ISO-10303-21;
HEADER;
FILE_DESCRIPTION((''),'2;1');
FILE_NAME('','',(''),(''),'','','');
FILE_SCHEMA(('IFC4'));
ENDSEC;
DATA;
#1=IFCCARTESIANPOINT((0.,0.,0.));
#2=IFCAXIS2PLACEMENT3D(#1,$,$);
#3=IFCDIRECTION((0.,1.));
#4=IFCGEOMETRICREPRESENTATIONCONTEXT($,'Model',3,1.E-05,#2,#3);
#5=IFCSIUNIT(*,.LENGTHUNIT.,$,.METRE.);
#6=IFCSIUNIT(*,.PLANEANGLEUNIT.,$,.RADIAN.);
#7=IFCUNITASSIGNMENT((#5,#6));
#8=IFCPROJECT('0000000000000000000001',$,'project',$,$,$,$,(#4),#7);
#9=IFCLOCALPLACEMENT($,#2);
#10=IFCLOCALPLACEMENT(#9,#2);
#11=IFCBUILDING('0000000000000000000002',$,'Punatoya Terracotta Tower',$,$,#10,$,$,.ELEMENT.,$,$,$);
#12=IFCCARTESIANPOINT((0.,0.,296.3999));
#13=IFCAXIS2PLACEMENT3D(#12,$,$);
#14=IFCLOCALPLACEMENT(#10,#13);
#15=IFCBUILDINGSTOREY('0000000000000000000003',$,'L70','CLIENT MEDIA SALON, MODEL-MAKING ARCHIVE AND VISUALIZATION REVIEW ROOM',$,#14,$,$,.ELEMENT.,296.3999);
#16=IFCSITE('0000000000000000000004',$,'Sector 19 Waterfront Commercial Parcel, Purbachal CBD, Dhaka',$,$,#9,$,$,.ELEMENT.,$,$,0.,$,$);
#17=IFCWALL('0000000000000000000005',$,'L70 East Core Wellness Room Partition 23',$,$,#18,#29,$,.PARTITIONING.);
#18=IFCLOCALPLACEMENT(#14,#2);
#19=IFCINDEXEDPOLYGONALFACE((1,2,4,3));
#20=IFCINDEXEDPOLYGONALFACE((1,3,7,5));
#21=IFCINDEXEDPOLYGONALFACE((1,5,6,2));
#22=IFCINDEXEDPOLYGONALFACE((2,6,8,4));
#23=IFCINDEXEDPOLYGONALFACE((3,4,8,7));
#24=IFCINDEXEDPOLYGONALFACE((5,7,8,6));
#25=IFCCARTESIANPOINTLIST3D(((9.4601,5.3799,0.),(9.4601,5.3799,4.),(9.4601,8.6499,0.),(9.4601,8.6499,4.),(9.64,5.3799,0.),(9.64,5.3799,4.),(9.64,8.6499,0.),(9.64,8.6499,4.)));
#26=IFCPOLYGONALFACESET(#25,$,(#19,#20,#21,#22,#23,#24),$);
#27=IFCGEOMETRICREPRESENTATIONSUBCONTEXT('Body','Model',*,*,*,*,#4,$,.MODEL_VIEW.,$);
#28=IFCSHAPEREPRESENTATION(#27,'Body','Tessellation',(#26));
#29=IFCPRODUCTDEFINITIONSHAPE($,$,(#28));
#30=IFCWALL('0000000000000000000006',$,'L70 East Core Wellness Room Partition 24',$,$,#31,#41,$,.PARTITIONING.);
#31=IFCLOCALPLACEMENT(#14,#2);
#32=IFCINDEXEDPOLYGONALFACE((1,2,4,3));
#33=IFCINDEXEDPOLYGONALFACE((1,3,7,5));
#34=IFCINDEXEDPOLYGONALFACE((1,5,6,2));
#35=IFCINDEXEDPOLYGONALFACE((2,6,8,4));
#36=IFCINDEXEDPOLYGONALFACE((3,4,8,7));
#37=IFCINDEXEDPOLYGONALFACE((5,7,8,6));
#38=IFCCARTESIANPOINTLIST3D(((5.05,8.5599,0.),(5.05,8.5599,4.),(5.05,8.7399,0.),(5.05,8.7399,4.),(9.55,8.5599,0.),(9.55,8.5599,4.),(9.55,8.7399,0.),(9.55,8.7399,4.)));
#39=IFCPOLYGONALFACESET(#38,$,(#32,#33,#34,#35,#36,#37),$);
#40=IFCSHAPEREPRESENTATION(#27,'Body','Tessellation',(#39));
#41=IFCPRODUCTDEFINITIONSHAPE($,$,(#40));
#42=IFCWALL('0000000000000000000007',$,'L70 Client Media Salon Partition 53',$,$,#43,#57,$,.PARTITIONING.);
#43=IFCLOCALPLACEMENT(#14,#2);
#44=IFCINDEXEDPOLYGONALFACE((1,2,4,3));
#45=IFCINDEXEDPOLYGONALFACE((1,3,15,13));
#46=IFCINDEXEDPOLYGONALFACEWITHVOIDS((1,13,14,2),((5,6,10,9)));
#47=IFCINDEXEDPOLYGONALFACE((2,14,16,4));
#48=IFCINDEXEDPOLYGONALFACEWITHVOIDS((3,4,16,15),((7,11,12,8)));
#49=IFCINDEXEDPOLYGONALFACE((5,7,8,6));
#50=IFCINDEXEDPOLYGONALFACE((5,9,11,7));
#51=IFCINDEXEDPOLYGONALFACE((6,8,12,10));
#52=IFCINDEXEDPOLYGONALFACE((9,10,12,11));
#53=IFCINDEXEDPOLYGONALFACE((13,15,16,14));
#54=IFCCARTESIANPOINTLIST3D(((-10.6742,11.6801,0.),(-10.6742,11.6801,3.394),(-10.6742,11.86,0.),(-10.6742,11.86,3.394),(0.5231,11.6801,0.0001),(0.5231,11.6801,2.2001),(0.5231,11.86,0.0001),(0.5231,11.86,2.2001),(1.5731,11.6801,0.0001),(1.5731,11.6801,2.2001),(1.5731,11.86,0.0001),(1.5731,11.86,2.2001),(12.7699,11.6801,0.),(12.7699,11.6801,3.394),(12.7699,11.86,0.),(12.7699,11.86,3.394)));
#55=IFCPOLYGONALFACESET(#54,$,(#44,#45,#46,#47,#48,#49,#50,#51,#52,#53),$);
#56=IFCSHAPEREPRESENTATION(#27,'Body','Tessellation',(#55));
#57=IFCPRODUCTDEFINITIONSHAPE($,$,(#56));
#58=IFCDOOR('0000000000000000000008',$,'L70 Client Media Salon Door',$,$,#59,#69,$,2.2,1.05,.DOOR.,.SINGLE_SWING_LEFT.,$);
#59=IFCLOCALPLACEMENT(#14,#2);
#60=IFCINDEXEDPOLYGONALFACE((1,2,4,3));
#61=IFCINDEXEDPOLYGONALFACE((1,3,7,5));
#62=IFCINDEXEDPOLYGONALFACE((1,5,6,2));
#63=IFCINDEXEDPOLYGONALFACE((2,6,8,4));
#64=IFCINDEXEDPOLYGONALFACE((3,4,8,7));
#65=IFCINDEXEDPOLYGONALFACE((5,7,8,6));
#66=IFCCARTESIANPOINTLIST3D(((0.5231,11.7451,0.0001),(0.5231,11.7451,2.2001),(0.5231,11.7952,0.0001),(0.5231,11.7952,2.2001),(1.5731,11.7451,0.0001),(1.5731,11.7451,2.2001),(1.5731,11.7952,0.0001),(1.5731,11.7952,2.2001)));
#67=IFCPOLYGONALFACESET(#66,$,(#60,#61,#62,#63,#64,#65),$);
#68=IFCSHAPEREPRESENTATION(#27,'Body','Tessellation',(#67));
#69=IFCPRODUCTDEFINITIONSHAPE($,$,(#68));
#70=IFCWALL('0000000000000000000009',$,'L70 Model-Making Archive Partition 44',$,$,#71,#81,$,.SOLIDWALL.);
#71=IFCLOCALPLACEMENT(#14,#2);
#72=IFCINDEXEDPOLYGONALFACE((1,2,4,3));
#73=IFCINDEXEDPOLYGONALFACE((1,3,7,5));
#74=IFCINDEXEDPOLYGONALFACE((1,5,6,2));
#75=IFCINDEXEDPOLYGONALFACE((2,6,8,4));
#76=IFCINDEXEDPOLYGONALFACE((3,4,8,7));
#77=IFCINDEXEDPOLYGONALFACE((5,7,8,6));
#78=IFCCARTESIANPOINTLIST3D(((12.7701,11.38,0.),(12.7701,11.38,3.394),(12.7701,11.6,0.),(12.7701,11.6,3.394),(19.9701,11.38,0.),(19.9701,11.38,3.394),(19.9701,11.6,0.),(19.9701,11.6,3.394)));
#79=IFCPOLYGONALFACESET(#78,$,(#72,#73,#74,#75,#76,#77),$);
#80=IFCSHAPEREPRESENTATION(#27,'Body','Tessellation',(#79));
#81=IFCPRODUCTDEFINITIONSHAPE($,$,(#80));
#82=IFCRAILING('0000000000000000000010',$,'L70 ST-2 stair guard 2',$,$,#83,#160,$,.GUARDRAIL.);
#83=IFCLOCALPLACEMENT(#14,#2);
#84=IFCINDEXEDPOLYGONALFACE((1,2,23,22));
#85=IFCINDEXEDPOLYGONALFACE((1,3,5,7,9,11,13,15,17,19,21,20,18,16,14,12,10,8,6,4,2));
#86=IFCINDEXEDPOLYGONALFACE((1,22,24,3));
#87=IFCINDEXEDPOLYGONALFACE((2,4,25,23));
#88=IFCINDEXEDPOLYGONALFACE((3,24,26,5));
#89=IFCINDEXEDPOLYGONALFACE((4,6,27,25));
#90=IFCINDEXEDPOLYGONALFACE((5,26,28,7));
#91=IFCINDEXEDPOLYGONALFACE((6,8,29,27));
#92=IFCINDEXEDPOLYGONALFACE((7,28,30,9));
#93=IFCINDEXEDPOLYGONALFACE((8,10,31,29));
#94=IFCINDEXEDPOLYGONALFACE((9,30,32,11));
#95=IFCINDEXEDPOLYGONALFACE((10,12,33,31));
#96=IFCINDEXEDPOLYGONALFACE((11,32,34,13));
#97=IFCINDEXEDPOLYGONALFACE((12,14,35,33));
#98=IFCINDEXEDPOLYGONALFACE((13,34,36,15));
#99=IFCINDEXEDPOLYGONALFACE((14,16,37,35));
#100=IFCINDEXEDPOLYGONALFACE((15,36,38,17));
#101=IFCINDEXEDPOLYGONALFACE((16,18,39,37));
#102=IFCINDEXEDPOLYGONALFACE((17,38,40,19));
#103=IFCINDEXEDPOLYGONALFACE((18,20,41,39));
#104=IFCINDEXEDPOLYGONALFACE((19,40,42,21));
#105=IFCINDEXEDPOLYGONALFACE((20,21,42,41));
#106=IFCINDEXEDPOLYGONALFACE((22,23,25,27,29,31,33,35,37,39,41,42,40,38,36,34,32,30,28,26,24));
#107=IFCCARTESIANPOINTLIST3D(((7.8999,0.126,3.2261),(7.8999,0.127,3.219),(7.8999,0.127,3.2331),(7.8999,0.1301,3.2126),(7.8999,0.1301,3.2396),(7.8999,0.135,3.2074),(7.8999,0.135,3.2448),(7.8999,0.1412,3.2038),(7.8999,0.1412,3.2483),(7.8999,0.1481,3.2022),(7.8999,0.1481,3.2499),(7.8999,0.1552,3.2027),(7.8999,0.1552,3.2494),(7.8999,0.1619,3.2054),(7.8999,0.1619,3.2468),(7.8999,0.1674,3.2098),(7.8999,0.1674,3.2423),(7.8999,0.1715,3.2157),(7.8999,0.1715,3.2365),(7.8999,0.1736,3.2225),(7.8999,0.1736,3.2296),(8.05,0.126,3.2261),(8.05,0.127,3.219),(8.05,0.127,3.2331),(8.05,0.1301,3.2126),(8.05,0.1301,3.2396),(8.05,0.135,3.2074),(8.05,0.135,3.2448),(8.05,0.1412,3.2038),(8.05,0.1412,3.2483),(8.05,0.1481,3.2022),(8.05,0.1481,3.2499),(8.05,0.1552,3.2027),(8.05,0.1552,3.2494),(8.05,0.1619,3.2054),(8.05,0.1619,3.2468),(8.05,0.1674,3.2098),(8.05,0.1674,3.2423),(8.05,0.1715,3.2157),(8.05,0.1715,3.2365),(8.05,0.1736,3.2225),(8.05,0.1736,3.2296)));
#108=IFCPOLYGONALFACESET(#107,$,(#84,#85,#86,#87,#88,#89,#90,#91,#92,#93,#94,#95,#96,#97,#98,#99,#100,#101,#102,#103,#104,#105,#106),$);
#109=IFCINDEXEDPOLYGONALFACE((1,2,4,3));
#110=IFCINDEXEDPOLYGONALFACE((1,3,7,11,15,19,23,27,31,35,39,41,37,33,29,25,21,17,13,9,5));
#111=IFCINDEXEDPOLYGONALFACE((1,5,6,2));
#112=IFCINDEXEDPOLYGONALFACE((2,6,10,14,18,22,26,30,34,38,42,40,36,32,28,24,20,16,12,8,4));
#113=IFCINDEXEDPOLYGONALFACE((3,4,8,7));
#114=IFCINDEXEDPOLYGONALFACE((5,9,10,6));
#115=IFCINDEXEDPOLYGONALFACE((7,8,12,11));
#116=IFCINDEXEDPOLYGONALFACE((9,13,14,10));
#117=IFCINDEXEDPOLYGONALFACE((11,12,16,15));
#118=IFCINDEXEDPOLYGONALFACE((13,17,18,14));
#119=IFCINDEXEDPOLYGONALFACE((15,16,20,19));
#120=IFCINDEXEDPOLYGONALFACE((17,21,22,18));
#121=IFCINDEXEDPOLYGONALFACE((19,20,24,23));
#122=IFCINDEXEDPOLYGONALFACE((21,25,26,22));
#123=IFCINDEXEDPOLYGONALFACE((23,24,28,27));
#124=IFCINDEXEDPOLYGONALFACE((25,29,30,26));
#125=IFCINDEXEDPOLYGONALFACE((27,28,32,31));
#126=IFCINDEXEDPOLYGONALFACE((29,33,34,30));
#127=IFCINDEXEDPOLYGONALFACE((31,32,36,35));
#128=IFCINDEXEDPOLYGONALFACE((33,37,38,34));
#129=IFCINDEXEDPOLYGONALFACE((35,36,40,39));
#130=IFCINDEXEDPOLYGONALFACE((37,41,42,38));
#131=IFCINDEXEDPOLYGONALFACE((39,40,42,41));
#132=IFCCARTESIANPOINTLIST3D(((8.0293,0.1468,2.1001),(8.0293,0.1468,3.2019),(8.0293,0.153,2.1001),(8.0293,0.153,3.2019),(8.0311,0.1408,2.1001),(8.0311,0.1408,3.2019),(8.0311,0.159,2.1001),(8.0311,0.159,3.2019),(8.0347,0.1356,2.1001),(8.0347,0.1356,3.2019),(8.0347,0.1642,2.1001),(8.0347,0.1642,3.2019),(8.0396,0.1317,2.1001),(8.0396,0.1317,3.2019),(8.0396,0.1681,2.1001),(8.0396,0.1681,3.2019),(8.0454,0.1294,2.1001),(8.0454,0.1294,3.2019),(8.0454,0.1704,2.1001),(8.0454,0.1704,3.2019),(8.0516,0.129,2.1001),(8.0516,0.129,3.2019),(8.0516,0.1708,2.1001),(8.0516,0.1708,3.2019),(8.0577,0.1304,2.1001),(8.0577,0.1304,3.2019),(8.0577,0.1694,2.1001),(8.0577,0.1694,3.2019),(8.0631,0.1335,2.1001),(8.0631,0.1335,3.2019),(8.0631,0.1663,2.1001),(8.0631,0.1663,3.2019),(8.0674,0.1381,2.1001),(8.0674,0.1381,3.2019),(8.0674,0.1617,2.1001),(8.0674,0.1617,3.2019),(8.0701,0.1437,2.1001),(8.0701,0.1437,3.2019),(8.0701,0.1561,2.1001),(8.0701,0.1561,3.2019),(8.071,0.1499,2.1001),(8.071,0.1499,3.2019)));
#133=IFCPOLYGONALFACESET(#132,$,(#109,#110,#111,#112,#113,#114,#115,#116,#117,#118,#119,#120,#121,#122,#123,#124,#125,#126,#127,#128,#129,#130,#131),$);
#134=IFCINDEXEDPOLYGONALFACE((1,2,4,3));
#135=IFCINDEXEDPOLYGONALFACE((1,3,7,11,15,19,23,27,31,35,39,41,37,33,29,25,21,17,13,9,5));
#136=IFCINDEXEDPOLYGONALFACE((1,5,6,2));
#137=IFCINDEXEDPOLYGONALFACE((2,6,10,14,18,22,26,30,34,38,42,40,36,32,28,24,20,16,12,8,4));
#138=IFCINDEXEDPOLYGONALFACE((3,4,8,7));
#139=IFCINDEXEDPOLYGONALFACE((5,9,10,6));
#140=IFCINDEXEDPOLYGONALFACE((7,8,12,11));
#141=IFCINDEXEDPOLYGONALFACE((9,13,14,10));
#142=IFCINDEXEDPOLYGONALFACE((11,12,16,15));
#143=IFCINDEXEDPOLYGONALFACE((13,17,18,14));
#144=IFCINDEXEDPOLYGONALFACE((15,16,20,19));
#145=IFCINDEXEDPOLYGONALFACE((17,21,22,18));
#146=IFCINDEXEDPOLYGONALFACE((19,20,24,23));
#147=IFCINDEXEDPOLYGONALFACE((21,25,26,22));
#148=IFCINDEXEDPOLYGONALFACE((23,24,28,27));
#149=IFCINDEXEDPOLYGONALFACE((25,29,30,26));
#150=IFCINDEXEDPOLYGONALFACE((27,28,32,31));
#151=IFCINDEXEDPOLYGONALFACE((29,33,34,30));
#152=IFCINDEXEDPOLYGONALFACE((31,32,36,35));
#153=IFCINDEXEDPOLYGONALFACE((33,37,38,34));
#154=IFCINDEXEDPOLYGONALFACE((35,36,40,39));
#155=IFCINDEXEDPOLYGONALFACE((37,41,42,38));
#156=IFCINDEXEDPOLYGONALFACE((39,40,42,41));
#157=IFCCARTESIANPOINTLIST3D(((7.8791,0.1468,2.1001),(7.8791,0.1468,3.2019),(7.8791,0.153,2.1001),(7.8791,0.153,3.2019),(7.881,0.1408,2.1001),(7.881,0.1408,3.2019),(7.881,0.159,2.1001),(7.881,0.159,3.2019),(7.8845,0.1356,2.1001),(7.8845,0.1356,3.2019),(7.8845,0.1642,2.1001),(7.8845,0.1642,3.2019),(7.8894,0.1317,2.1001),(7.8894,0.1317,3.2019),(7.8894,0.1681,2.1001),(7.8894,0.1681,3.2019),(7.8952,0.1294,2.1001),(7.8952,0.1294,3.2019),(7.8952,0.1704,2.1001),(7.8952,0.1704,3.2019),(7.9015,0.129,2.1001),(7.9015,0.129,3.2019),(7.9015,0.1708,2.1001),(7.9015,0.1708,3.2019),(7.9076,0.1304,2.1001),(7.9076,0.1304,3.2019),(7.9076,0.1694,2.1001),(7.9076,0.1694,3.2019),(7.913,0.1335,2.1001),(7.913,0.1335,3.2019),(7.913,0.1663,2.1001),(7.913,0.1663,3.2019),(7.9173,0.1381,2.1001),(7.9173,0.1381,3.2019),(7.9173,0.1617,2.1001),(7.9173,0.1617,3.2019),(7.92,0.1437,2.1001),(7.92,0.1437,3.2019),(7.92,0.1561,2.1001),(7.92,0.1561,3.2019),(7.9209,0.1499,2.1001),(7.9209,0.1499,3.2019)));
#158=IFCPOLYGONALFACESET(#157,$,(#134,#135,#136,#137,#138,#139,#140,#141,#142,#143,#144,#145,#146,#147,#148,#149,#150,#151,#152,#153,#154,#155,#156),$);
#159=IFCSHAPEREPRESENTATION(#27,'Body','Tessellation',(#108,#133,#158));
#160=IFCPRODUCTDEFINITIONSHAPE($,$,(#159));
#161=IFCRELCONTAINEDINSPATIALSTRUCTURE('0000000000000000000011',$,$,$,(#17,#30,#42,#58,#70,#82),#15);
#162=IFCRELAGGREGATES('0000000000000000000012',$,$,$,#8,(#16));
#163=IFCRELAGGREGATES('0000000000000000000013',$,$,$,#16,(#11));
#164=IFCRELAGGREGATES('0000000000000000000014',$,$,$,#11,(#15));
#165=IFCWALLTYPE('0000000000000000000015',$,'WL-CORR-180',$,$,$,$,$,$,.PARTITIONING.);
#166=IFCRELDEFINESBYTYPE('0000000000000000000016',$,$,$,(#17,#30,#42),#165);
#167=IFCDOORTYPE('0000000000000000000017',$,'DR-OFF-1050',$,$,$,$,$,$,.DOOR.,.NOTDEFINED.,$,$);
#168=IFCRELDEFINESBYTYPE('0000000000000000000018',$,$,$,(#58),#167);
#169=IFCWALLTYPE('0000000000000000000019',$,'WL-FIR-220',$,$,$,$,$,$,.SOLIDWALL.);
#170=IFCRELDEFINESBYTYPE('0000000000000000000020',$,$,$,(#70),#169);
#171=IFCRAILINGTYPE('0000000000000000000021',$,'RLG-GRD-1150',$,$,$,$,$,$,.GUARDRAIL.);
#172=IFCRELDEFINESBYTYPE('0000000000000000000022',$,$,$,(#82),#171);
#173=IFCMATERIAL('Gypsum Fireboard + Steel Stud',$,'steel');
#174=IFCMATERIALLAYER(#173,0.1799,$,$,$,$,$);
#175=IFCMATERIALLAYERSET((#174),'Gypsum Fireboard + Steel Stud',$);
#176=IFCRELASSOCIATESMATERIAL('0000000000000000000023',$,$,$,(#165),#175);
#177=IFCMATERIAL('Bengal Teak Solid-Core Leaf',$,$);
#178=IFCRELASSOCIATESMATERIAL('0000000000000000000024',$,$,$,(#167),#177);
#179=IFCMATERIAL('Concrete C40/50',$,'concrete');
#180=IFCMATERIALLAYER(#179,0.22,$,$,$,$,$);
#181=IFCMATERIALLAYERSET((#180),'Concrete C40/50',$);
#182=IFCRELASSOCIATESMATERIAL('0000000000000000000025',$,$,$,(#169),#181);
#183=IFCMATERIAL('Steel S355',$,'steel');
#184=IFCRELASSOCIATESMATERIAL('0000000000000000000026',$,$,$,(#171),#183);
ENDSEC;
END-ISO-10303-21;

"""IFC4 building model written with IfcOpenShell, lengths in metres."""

from ifc_helpers import new_model, si_unit, direction, frame, frame_2d, origin, origin_2d, place, context, subcontext, project, spatial, rectangle, circle, extrude, material, layer, layer_set, type_object, element, fill, save


model = new_model("IFC4")

# Units and contexts
model_context = context("Model", 3, precision=1e-05, world=origin(), true_north=direction((0.0, 1.0)))
body_context = subcontext(model_context, "Body", "Model", "MODEL_VIEW")
ifc_project = project(units=[si_unit("LENGTHUNIT", "METRE"), si_unit("PLANEANGLEUNIT", "RADIAN")], contexts=[model_context])

# Site, building, storey
site_placement = place(None, origin())
site = spatial("IfcSite", under=ifc_project, at=site_placement, Name="Sector 19 Waterfront Commercial Parcel, Purbachal CBD, Dhaka", CompositionType="ELEMENT", RefElevation=0.0)
building_placement = place(site_placement, origin())
building = spatial("IfcBuilding", under=site, at=building_placement, Name="Punatoya Terracotta Tower", CompositionType="ELEMENT")
storey_placement = place(building_placement, frame((0.0, 0.0, 296.3999)))
storey = spatial("IfcBuildingStorey", under=building, at=storey_placement, Name="L70", Description="CLIENT MEDIA SALON, MODEL-MAKING ARCHIVE AND VISUALIZATION REVIEW ROOM", CompositionType="ELEMENT", Elevation=296.3999)

# Shared definitions
ifc_material_1 = material(Name="Steel S355", Category="steel")

# Walls
ifc_material_2 = material(Name="Gypsum Fireboard + Steel Stud", Category="steel")
ifc_layer_1 = layer(ifc_material_2, 0.1799)
ifc_layer_set_1 = layer_set([ifc_layer_1], Name="Gypsum Fireboard + Steel Stud")
wall_type_1 = type_object("IfcWallType", Name="WL-CORR-180", PredefinedType="PARTITIONING", material=ifc_layer_set_1)
wall_1_placement = place(storey_placement, frame((9.55, 5.3799, 0.0), z_axis=(0.0, 0.0, 1.0), x_axis=(0.0, 1.0, 0.0)))
element("IfcWall", 1, at=wall_1_placement, inside=storey, type_object=wall_type_1, Name="L70 East Core Wellness Room Partition 23", PredefinedType="PARTITIONING", context=body_context, shape_type="SweptSolid", body=[
    extrude(rectangle(XDim=3.27, YDim=0.1799, at=frame_2d((1.635, 0.0))), origin(), (0.0, 0.0, 1.0), 4.0),
])
wall_2_placement = place(storey_placement, frame((9.55, 8.6499, 0.0), z_axis=(0.0, 0.0, 1.0), x_axis=(-1.0, 0.0, 0.0)))
element("IfcWall", 2, at=wall_2_placement, inside=storey, type_object=wall_type_1, Name="L70 East Core Wellness Room Partition 24", PredefinedType="PARTITIONING", context=body_context, shape_type="SweptSolid", body=[
    extrude(rectangle(XDim=4.5, YDim=0.1799, at=frame_2d((2.25, 0.0))), origin(), (0.0, 0.0, 1.0), 4.0),
])

# Wall, opening, door
wall_3_placement = place(storey_placement, frame((12.77, 11.77, 0.0), z_axis=(0.0, 0.0, 1.0), x_axis=(-1.0, 0.0, 0.0)))
wall_3 = element("IfcWall", 3, at=wall_3_placement, inside=storey, type_object=wall_type_1, Name="L70 Client Media Salon Partition 53", PredefinedType="PARTITIONING", context=body_context, shape_type="SweptSolid", body=[
    extrude(rectangle(XDim=23.4441, YDim=0.1799, at=frame_2d((11.7222, 0.0))), origin(), (0.0, 0.0, 1.0), 3.394),
])
opening_1_placement = place(wall_3_placement, frame((11.197, 0.0, 0.0)))
opening_1 = element("IfcOpeningElement", 4, at=opening_1_placement, cuts=wall_3, PredefinedType="OPENING", context=body_context, shape_type="SweptSolid", body=[
    extrude(rectangle(XDim=1.05, YDim=2.2, at=frame_2d((0.5249, 1.1001))), frame((0.0, 0.0999, 0.0), z_axis=(0.0, -1.0, 0.0), x_axis=(1.0, 0.0, 0.0)), (0.0, 0.0, 1.0), 0.2),
])
ifc_material_3 = material(Name="Bengal Teak Solid-Core Leaf")
door_type_1 = type_object("IfcDoorType", Name="DR-OFF-1050", OperationType="NOTDEFINED", PredefinedType="DOOR", material=ifc_material_3)
door_1_placement = place(opening_1_placement, origin())
door_1 = element("IfcDoor", 5, at=door_1_placement, inside=storey, type_object=door_type_1, Name="L70 Client Media Salon Door", OperationType="SINGLE_SWING_LEFT", OverallHeight=2.2, OverallWidth=1.05, PredefinedType="DOOR", context=body_context, shape_type="SweptSolid", body=[
    extrude(rectangle(XDim=1.05, YDim=2.2, at=frame_2d((0.5249, 1.1001))), frame((0.0, 0.0249, 0.0), z_axis=(0.0, -1.0, 0.0), x_axis=(1.0, 0.0, 0.0)), (0.0, 0.0, 1.0), 0.05),
])
fill(opening_1, door_1)

# Wall
ifc_material_4 = material(Name="Concrete C40/50", Category="concrete")
ifc_layer_2 = layer(ifc_material_4, 0.22)
ifc_layer_set_2 = layer_set([ifc_layer_2], Name="Concrete C40/50")
wall_type_2 = type_object("IfcWallType", Name="WL-FIR-220", PredefinedType="SOLIDWALL", material=ifc_layer_set_2)
wall_4_placement = place(storey_placement, frame((12.77, 11.49, 0.0), z_axis=(0.0, 0.0, 1.0), x_axis=(1.0, 0.0, 0.0)))
element("IfcWall", 6, at=wall_4_placement, inside=storey, type_object=wall_type_2, Name="L70 Model-Making Archive Partition 44", PredefinedType="SOLIDWALL", context=body_context, shape_type="SweptSolid", body=[
    extrude(rectangle(XDim=7.2, YDim=0.22, at=frame_2d((3.6001, 0.0))), origin(), (0.0, 0.0, 1.0), 3.394),
])

# Railing
railing_type = type_object("IfcRailingType", Name="RLG-GRD-1150", PredefinedType="GUARDRAIL", material=ifc_material_1)
railing_placement = place(storey_placement, frame((8.05, 0.1499, 2.1001)))
element("IfcRailing", 7, at=railing_placement, inside=storey, type_object=railing_type, Name="L70 ST-2 stair guard 2", PredefinedType="GUARDRAIL", context=body_context, shape_type="SweptSolid", body=[
    extrude(circle(Radius=0.0239, at=origin_2d()), frame((0.0, 0.0, 1.126), z_axis=(-1.0, 0.0, 0.0), x_axis=(0.0, -1.0, 0.0)), (0.0, 0.0, 1.0), 0.1501),
    extrude(circle(Radius=0.021, at=origin_2d()), origin(), (0.0, 0.0, 1.0), 1.1018),
    extrude(circle(Radius=0.021, at=origin_2d()), frame((-0.1501, 0.0, 0.0)), (0.0, 0.0, 1.0), 1.1018),
])

save(model, "model.ifc")
